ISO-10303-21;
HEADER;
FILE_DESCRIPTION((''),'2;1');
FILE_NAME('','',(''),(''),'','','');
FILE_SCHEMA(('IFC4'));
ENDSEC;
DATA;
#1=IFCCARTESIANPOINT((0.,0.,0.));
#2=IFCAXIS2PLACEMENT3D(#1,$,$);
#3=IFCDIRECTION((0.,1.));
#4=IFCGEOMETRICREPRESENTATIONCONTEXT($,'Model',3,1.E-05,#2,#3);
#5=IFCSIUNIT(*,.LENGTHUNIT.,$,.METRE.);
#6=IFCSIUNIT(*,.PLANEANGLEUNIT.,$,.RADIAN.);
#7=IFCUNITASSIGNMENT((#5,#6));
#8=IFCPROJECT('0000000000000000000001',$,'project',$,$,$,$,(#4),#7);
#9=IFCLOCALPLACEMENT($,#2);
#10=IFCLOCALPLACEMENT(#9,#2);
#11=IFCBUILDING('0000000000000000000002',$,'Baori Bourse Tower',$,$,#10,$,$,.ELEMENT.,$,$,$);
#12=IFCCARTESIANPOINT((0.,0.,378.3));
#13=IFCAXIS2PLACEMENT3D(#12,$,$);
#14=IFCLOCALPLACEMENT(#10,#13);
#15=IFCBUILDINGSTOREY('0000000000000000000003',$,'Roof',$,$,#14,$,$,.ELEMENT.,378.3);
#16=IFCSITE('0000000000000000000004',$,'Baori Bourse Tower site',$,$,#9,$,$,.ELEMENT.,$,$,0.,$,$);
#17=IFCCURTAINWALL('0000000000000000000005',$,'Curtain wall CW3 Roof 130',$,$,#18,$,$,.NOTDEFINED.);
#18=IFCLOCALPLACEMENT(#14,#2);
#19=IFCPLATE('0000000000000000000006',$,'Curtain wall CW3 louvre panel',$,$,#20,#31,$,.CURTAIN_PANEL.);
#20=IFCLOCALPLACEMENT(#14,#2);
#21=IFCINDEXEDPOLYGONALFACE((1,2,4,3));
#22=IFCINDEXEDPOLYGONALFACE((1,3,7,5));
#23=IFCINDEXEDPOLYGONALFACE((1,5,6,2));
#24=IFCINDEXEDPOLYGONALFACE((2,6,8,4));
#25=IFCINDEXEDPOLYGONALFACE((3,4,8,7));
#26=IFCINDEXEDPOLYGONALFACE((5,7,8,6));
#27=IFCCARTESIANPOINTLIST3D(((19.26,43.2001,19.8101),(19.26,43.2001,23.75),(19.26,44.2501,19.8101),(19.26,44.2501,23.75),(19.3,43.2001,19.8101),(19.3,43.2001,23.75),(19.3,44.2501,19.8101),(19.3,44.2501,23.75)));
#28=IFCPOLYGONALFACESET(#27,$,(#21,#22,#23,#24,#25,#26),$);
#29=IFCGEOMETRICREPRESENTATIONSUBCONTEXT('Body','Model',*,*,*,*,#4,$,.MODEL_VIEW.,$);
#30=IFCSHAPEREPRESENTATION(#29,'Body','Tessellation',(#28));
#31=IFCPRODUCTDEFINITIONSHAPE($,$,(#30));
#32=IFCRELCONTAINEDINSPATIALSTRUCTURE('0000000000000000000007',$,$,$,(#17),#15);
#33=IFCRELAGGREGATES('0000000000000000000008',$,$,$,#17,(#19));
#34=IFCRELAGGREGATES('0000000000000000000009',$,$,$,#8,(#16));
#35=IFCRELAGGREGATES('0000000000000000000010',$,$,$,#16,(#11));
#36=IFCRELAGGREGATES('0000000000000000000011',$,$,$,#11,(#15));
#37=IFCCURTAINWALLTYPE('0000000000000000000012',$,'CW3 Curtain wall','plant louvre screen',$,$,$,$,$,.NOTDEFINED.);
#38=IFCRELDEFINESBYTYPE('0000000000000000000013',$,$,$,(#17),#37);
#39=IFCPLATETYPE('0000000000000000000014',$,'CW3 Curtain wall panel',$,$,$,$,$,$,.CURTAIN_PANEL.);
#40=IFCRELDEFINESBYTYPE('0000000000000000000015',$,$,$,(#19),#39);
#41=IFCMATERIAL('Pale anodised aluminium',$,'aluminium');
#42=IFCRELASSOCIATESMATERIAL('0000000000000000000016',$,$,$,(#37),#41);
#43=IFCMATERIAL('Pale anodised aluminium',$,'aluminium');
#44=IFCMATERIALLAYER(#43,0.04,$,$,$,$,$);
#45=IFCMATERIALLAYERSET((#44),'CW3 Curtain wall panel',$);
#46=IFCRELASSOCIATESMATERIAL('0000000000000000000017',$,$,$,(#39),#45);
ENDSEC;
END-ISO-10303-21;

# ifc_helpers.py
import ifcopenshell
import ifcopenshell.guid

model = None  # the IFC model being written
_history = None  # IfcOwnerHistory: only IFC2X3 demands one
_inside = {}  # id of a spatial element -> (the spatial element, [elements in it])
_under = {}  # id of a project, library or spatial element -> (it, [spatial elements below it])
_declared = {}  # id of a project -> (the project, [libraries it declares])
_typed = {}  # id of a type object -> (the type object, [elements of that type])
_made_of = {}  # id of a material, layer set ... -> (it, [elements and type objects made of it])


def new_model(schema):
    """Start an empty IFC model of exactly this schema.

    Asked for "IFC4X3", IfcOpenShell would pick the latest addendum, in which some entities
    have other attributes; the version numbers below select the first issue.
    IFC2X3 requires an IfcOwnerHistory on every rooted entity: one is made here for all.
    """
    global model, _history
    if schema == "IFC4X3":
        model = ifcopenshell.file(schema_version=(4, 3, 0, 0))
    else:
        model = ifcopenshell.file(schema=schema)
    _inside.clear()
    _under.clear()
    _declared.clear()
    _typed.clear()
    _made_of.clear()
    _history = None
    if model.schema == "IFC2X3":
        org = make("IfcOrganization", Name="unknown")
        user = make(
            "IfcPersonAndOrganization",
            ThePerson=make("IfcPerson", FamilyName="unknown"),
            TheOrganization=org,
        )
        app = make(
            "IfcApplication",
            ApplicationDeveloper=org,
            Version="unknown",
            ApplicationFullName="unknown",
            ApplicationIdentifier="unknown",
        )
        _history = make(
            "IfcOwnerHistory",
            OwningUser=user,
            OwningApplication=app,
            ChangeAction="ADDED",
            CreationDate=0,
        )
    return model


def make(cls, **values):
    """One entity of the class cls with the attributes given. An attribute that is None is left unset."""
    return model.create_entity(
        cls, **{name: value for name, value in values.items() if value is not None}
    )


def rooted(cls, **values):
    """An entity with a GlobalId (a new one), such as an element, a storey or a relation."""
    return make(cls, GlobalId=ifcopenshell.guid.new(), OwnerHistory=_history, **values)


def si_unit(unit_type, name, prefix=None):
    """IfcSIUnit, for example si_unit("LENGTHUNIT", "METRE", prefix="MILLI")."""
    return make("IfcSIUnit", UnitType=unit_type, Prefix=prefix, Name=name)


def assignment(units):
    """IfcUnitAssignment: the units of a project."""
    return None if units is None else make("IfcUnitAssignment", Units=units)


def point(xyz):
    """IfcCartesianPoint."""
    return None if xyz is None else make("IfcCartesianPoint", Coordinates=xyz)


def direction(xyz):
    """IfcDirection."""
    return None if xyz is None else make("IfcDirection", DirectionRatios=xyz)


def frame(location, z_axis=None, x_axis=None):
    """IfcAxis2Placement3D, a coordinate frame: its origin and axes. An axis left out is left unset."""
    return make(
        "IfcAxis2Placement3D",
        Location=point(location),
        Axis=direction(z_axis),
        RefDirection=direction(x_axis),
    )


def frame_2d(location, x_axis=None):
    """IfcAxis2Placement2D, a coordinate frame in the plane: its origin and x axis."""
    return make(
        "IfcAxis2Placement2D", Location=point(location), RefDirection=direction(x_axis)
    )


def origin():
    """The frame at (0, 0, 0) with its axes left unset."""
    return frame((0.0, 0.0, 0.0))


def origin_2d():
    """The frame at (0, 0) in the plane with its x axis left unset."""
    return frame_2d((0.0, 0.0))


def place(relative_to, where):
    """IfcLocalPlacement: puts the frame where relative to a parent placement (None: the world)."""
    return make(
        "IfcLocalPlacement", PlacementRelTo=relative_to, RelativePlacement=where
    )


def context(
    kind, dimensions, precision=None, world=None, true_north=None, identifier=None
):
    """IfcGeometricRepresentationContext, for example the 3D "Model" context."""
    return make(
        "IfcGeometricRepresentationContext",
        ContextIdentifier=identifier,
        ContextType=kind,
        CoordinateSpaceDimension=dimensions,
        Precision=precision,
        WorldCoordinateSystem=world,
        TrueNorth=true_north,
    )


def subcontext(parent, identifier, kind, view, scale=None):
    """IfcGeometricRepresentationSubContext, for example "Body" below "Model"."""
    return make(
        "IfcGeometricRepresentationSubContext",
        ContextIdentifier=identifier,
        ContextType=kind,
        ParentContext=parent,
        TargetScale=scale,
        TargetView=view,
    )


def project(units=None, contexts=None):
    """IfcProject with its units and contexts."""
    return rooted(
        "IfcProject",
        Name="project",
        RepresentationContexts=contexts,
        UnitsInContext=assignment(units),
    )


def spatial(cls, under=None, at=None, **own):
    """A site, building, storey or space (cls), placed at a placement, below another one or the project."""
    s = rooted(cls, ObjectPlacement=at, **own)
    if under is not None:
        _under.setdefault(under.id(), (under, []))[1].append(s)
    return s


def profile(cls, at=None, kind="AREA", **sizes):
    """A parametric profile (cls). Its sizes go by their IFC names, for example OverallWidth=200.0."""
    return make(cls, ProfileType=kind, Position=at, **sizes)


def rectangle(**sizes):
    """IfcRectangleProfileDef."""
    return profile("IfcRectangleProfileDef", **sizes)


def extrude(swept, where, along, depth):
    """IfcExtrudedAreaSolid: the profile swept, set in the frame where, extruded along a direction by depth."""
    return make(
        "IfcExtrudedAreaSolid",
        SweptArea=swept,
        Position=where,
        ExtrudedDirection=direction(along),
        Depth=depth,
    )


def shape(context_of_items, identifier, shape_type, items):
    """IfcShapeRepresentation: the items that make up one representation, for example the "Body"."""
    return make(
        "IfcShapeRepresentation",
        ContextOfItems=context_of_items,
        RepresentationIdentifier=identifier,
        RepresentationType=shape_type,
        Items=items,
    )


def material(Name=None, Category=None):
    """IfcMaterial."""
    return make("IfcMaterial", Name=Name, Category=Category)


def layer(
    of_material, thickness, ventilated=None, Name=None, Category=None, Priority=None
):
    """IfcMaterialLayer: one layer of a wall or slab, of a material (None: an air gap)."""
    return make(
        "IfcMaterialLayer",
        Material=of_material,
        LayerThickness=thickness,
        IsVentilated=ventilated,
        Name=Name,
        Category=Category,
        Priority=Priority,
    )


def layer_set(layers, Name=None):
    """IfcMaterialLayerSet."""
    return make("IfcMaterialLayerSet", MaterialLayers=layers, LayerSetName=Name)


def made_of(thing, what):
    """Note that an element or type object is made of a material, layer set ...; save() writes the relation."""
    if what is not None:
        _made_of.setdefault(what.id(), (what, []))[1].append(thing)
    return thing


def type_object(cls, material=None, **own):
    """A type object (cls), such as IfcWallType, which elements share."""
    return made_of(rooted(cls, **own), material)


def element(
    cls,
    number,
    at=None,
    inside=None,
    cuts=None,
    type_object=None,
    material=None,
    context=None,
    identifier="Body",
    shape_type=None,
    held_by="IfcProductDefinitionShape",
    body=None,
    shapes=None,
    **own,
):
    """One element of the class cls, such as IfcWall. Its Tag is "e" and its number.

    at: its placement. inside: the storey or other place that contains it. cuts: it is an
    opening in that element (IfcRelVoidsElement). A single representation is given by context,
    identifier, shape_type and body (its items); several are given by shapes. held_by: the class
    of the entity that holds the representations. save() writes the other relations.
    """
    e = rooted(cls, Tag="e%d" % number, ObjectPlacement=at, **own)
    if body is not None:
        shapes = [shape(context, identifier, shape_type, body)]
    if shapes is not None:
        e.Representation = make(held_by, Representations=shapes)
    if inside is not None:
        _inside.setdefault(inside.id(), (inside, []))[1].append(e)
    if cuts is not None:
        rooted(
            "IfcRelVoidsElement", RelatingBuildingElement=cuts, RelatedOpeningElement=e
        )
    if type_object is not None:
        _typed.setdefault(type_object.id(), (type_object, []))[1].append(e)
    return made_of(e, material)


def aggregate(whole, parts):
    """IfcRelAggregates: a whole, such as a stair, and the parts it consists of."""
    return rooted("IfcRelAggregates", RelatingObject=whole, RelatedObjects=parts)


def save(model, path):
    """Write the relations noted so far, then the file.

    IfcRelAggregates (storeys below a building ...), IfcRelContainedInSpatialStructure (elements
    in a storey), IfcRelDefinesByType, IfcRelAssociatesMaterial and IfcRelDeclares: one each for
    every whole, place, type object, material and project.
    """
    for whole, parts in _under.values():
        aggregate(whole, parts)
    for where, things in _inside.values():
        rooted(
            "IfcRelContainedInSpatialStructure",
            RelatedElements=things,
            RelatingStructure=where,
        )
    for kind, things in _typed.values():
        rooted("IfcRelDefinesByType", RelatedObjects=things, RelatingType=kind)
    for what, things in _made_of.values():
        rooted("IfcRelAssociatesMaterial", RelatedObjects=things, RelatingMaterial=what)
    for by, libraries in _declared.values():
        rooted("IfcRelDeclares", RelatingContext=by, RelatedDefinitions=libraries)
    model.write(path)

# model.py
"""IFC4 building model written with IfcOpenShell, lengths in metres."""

from ifc_helpers import new_model, si_unit, direction, frame, origin, origin_2d, place, context, subcontext, project, spatial, rectangle, extrude, material, layer, layer_set, type_object, element, aggregate, save


model = new_model("IFC4")

# Units and contexts
model_context = context("Model", 3, precision=1e-05, world=origin(), true_north=direction((0.0, 1.0)))
body_context = subcontext(model_context, "Body", "Model", "MODEL_VIEW")
ifc_project = project(units=[si_unit("LENGTHUNIT", "METRE"), si_unit("PLANEANGLEUNIT", "RADIAN")], contexts=[model_context])

# Site, building, storey
site_placement = place(None, origin())
site = spatial("IfcSite", under=ifc_project, at=site_placement, Name="Baori Bourse Tower site", CompositionType="ELEMENT", RefElevation=0.0)
building_placement = place(site_placement, origin())
building = spatial("IfcBuilding", under=site, at=building_placement, Name="Baori Bourse Tower", CompositionType="ELEMENT")
storey_placement = place(building_placement, frame((0.0, 0.0, 378.3)))
storey = spatial("IfcBuildingStorey", under=building, at=storey_placement, Name="Roof", CompositionType="ELEMENT", Elevation=378.3)

# Curtain wall
ifc_material_1 = material(Name="Pale anodised aluminium", Category="aluminium")
curtain_wall_type = type_object("IfcCurtainWallType", Name="CW3 Curtain wall", Description="plant louvre screen", PredefinedType="NOTDEFINED", material=ifc_material_1)
curtain_wall_1_placement = place(storey_placement, origin())
curtain_wall_1 = element("IfcCurtainWall", 1, at=curtain_wall_1_placement, inside=storey, type_object=curtain_wall_type, Name="Curtain wall CW3 Roof 130", PredefinedType="NOTDEFINED")

# Plate
ifc_material_2 = material(Name="Pale anodised aluminium", Category="aluminium")
ifc_layer = layer(ifc_material_2, 0.04)
ifc_layer_set = layer_set([ifc_layer], Name="CW3 Curtain wall panel")
plate_type = type_object("IfcPlateType", Name="CW3 Curtain wall panel", PredefinedType="CURTAIN_PANEL", material=ifc_layer_set)
plate_1_placement = place(storey_placement, frame((19.28, 43.7251, 19.8101), z_axis=(0.0, 0.0, 1.0), x_axis=(0.0, -1.0, 0.0)))
plate_1 = element("IfcPlate", 2, at=plate_1_placement, type_object=plate_type, Name="Curtain wall CW3 louvre panel", PredefinedType="CURTAIN_PANEL", context=body_context, shape_type="SweptSolid", body=[
    extrude(rectangle(XDim=1.05, YDim=0.04, at=origin_2d()), origin(), (0.0, 0.0, 1.0), 3.9399),
])
aggregate(curtain_wall_1, [plate_1])

save(model, "model.ifc")
